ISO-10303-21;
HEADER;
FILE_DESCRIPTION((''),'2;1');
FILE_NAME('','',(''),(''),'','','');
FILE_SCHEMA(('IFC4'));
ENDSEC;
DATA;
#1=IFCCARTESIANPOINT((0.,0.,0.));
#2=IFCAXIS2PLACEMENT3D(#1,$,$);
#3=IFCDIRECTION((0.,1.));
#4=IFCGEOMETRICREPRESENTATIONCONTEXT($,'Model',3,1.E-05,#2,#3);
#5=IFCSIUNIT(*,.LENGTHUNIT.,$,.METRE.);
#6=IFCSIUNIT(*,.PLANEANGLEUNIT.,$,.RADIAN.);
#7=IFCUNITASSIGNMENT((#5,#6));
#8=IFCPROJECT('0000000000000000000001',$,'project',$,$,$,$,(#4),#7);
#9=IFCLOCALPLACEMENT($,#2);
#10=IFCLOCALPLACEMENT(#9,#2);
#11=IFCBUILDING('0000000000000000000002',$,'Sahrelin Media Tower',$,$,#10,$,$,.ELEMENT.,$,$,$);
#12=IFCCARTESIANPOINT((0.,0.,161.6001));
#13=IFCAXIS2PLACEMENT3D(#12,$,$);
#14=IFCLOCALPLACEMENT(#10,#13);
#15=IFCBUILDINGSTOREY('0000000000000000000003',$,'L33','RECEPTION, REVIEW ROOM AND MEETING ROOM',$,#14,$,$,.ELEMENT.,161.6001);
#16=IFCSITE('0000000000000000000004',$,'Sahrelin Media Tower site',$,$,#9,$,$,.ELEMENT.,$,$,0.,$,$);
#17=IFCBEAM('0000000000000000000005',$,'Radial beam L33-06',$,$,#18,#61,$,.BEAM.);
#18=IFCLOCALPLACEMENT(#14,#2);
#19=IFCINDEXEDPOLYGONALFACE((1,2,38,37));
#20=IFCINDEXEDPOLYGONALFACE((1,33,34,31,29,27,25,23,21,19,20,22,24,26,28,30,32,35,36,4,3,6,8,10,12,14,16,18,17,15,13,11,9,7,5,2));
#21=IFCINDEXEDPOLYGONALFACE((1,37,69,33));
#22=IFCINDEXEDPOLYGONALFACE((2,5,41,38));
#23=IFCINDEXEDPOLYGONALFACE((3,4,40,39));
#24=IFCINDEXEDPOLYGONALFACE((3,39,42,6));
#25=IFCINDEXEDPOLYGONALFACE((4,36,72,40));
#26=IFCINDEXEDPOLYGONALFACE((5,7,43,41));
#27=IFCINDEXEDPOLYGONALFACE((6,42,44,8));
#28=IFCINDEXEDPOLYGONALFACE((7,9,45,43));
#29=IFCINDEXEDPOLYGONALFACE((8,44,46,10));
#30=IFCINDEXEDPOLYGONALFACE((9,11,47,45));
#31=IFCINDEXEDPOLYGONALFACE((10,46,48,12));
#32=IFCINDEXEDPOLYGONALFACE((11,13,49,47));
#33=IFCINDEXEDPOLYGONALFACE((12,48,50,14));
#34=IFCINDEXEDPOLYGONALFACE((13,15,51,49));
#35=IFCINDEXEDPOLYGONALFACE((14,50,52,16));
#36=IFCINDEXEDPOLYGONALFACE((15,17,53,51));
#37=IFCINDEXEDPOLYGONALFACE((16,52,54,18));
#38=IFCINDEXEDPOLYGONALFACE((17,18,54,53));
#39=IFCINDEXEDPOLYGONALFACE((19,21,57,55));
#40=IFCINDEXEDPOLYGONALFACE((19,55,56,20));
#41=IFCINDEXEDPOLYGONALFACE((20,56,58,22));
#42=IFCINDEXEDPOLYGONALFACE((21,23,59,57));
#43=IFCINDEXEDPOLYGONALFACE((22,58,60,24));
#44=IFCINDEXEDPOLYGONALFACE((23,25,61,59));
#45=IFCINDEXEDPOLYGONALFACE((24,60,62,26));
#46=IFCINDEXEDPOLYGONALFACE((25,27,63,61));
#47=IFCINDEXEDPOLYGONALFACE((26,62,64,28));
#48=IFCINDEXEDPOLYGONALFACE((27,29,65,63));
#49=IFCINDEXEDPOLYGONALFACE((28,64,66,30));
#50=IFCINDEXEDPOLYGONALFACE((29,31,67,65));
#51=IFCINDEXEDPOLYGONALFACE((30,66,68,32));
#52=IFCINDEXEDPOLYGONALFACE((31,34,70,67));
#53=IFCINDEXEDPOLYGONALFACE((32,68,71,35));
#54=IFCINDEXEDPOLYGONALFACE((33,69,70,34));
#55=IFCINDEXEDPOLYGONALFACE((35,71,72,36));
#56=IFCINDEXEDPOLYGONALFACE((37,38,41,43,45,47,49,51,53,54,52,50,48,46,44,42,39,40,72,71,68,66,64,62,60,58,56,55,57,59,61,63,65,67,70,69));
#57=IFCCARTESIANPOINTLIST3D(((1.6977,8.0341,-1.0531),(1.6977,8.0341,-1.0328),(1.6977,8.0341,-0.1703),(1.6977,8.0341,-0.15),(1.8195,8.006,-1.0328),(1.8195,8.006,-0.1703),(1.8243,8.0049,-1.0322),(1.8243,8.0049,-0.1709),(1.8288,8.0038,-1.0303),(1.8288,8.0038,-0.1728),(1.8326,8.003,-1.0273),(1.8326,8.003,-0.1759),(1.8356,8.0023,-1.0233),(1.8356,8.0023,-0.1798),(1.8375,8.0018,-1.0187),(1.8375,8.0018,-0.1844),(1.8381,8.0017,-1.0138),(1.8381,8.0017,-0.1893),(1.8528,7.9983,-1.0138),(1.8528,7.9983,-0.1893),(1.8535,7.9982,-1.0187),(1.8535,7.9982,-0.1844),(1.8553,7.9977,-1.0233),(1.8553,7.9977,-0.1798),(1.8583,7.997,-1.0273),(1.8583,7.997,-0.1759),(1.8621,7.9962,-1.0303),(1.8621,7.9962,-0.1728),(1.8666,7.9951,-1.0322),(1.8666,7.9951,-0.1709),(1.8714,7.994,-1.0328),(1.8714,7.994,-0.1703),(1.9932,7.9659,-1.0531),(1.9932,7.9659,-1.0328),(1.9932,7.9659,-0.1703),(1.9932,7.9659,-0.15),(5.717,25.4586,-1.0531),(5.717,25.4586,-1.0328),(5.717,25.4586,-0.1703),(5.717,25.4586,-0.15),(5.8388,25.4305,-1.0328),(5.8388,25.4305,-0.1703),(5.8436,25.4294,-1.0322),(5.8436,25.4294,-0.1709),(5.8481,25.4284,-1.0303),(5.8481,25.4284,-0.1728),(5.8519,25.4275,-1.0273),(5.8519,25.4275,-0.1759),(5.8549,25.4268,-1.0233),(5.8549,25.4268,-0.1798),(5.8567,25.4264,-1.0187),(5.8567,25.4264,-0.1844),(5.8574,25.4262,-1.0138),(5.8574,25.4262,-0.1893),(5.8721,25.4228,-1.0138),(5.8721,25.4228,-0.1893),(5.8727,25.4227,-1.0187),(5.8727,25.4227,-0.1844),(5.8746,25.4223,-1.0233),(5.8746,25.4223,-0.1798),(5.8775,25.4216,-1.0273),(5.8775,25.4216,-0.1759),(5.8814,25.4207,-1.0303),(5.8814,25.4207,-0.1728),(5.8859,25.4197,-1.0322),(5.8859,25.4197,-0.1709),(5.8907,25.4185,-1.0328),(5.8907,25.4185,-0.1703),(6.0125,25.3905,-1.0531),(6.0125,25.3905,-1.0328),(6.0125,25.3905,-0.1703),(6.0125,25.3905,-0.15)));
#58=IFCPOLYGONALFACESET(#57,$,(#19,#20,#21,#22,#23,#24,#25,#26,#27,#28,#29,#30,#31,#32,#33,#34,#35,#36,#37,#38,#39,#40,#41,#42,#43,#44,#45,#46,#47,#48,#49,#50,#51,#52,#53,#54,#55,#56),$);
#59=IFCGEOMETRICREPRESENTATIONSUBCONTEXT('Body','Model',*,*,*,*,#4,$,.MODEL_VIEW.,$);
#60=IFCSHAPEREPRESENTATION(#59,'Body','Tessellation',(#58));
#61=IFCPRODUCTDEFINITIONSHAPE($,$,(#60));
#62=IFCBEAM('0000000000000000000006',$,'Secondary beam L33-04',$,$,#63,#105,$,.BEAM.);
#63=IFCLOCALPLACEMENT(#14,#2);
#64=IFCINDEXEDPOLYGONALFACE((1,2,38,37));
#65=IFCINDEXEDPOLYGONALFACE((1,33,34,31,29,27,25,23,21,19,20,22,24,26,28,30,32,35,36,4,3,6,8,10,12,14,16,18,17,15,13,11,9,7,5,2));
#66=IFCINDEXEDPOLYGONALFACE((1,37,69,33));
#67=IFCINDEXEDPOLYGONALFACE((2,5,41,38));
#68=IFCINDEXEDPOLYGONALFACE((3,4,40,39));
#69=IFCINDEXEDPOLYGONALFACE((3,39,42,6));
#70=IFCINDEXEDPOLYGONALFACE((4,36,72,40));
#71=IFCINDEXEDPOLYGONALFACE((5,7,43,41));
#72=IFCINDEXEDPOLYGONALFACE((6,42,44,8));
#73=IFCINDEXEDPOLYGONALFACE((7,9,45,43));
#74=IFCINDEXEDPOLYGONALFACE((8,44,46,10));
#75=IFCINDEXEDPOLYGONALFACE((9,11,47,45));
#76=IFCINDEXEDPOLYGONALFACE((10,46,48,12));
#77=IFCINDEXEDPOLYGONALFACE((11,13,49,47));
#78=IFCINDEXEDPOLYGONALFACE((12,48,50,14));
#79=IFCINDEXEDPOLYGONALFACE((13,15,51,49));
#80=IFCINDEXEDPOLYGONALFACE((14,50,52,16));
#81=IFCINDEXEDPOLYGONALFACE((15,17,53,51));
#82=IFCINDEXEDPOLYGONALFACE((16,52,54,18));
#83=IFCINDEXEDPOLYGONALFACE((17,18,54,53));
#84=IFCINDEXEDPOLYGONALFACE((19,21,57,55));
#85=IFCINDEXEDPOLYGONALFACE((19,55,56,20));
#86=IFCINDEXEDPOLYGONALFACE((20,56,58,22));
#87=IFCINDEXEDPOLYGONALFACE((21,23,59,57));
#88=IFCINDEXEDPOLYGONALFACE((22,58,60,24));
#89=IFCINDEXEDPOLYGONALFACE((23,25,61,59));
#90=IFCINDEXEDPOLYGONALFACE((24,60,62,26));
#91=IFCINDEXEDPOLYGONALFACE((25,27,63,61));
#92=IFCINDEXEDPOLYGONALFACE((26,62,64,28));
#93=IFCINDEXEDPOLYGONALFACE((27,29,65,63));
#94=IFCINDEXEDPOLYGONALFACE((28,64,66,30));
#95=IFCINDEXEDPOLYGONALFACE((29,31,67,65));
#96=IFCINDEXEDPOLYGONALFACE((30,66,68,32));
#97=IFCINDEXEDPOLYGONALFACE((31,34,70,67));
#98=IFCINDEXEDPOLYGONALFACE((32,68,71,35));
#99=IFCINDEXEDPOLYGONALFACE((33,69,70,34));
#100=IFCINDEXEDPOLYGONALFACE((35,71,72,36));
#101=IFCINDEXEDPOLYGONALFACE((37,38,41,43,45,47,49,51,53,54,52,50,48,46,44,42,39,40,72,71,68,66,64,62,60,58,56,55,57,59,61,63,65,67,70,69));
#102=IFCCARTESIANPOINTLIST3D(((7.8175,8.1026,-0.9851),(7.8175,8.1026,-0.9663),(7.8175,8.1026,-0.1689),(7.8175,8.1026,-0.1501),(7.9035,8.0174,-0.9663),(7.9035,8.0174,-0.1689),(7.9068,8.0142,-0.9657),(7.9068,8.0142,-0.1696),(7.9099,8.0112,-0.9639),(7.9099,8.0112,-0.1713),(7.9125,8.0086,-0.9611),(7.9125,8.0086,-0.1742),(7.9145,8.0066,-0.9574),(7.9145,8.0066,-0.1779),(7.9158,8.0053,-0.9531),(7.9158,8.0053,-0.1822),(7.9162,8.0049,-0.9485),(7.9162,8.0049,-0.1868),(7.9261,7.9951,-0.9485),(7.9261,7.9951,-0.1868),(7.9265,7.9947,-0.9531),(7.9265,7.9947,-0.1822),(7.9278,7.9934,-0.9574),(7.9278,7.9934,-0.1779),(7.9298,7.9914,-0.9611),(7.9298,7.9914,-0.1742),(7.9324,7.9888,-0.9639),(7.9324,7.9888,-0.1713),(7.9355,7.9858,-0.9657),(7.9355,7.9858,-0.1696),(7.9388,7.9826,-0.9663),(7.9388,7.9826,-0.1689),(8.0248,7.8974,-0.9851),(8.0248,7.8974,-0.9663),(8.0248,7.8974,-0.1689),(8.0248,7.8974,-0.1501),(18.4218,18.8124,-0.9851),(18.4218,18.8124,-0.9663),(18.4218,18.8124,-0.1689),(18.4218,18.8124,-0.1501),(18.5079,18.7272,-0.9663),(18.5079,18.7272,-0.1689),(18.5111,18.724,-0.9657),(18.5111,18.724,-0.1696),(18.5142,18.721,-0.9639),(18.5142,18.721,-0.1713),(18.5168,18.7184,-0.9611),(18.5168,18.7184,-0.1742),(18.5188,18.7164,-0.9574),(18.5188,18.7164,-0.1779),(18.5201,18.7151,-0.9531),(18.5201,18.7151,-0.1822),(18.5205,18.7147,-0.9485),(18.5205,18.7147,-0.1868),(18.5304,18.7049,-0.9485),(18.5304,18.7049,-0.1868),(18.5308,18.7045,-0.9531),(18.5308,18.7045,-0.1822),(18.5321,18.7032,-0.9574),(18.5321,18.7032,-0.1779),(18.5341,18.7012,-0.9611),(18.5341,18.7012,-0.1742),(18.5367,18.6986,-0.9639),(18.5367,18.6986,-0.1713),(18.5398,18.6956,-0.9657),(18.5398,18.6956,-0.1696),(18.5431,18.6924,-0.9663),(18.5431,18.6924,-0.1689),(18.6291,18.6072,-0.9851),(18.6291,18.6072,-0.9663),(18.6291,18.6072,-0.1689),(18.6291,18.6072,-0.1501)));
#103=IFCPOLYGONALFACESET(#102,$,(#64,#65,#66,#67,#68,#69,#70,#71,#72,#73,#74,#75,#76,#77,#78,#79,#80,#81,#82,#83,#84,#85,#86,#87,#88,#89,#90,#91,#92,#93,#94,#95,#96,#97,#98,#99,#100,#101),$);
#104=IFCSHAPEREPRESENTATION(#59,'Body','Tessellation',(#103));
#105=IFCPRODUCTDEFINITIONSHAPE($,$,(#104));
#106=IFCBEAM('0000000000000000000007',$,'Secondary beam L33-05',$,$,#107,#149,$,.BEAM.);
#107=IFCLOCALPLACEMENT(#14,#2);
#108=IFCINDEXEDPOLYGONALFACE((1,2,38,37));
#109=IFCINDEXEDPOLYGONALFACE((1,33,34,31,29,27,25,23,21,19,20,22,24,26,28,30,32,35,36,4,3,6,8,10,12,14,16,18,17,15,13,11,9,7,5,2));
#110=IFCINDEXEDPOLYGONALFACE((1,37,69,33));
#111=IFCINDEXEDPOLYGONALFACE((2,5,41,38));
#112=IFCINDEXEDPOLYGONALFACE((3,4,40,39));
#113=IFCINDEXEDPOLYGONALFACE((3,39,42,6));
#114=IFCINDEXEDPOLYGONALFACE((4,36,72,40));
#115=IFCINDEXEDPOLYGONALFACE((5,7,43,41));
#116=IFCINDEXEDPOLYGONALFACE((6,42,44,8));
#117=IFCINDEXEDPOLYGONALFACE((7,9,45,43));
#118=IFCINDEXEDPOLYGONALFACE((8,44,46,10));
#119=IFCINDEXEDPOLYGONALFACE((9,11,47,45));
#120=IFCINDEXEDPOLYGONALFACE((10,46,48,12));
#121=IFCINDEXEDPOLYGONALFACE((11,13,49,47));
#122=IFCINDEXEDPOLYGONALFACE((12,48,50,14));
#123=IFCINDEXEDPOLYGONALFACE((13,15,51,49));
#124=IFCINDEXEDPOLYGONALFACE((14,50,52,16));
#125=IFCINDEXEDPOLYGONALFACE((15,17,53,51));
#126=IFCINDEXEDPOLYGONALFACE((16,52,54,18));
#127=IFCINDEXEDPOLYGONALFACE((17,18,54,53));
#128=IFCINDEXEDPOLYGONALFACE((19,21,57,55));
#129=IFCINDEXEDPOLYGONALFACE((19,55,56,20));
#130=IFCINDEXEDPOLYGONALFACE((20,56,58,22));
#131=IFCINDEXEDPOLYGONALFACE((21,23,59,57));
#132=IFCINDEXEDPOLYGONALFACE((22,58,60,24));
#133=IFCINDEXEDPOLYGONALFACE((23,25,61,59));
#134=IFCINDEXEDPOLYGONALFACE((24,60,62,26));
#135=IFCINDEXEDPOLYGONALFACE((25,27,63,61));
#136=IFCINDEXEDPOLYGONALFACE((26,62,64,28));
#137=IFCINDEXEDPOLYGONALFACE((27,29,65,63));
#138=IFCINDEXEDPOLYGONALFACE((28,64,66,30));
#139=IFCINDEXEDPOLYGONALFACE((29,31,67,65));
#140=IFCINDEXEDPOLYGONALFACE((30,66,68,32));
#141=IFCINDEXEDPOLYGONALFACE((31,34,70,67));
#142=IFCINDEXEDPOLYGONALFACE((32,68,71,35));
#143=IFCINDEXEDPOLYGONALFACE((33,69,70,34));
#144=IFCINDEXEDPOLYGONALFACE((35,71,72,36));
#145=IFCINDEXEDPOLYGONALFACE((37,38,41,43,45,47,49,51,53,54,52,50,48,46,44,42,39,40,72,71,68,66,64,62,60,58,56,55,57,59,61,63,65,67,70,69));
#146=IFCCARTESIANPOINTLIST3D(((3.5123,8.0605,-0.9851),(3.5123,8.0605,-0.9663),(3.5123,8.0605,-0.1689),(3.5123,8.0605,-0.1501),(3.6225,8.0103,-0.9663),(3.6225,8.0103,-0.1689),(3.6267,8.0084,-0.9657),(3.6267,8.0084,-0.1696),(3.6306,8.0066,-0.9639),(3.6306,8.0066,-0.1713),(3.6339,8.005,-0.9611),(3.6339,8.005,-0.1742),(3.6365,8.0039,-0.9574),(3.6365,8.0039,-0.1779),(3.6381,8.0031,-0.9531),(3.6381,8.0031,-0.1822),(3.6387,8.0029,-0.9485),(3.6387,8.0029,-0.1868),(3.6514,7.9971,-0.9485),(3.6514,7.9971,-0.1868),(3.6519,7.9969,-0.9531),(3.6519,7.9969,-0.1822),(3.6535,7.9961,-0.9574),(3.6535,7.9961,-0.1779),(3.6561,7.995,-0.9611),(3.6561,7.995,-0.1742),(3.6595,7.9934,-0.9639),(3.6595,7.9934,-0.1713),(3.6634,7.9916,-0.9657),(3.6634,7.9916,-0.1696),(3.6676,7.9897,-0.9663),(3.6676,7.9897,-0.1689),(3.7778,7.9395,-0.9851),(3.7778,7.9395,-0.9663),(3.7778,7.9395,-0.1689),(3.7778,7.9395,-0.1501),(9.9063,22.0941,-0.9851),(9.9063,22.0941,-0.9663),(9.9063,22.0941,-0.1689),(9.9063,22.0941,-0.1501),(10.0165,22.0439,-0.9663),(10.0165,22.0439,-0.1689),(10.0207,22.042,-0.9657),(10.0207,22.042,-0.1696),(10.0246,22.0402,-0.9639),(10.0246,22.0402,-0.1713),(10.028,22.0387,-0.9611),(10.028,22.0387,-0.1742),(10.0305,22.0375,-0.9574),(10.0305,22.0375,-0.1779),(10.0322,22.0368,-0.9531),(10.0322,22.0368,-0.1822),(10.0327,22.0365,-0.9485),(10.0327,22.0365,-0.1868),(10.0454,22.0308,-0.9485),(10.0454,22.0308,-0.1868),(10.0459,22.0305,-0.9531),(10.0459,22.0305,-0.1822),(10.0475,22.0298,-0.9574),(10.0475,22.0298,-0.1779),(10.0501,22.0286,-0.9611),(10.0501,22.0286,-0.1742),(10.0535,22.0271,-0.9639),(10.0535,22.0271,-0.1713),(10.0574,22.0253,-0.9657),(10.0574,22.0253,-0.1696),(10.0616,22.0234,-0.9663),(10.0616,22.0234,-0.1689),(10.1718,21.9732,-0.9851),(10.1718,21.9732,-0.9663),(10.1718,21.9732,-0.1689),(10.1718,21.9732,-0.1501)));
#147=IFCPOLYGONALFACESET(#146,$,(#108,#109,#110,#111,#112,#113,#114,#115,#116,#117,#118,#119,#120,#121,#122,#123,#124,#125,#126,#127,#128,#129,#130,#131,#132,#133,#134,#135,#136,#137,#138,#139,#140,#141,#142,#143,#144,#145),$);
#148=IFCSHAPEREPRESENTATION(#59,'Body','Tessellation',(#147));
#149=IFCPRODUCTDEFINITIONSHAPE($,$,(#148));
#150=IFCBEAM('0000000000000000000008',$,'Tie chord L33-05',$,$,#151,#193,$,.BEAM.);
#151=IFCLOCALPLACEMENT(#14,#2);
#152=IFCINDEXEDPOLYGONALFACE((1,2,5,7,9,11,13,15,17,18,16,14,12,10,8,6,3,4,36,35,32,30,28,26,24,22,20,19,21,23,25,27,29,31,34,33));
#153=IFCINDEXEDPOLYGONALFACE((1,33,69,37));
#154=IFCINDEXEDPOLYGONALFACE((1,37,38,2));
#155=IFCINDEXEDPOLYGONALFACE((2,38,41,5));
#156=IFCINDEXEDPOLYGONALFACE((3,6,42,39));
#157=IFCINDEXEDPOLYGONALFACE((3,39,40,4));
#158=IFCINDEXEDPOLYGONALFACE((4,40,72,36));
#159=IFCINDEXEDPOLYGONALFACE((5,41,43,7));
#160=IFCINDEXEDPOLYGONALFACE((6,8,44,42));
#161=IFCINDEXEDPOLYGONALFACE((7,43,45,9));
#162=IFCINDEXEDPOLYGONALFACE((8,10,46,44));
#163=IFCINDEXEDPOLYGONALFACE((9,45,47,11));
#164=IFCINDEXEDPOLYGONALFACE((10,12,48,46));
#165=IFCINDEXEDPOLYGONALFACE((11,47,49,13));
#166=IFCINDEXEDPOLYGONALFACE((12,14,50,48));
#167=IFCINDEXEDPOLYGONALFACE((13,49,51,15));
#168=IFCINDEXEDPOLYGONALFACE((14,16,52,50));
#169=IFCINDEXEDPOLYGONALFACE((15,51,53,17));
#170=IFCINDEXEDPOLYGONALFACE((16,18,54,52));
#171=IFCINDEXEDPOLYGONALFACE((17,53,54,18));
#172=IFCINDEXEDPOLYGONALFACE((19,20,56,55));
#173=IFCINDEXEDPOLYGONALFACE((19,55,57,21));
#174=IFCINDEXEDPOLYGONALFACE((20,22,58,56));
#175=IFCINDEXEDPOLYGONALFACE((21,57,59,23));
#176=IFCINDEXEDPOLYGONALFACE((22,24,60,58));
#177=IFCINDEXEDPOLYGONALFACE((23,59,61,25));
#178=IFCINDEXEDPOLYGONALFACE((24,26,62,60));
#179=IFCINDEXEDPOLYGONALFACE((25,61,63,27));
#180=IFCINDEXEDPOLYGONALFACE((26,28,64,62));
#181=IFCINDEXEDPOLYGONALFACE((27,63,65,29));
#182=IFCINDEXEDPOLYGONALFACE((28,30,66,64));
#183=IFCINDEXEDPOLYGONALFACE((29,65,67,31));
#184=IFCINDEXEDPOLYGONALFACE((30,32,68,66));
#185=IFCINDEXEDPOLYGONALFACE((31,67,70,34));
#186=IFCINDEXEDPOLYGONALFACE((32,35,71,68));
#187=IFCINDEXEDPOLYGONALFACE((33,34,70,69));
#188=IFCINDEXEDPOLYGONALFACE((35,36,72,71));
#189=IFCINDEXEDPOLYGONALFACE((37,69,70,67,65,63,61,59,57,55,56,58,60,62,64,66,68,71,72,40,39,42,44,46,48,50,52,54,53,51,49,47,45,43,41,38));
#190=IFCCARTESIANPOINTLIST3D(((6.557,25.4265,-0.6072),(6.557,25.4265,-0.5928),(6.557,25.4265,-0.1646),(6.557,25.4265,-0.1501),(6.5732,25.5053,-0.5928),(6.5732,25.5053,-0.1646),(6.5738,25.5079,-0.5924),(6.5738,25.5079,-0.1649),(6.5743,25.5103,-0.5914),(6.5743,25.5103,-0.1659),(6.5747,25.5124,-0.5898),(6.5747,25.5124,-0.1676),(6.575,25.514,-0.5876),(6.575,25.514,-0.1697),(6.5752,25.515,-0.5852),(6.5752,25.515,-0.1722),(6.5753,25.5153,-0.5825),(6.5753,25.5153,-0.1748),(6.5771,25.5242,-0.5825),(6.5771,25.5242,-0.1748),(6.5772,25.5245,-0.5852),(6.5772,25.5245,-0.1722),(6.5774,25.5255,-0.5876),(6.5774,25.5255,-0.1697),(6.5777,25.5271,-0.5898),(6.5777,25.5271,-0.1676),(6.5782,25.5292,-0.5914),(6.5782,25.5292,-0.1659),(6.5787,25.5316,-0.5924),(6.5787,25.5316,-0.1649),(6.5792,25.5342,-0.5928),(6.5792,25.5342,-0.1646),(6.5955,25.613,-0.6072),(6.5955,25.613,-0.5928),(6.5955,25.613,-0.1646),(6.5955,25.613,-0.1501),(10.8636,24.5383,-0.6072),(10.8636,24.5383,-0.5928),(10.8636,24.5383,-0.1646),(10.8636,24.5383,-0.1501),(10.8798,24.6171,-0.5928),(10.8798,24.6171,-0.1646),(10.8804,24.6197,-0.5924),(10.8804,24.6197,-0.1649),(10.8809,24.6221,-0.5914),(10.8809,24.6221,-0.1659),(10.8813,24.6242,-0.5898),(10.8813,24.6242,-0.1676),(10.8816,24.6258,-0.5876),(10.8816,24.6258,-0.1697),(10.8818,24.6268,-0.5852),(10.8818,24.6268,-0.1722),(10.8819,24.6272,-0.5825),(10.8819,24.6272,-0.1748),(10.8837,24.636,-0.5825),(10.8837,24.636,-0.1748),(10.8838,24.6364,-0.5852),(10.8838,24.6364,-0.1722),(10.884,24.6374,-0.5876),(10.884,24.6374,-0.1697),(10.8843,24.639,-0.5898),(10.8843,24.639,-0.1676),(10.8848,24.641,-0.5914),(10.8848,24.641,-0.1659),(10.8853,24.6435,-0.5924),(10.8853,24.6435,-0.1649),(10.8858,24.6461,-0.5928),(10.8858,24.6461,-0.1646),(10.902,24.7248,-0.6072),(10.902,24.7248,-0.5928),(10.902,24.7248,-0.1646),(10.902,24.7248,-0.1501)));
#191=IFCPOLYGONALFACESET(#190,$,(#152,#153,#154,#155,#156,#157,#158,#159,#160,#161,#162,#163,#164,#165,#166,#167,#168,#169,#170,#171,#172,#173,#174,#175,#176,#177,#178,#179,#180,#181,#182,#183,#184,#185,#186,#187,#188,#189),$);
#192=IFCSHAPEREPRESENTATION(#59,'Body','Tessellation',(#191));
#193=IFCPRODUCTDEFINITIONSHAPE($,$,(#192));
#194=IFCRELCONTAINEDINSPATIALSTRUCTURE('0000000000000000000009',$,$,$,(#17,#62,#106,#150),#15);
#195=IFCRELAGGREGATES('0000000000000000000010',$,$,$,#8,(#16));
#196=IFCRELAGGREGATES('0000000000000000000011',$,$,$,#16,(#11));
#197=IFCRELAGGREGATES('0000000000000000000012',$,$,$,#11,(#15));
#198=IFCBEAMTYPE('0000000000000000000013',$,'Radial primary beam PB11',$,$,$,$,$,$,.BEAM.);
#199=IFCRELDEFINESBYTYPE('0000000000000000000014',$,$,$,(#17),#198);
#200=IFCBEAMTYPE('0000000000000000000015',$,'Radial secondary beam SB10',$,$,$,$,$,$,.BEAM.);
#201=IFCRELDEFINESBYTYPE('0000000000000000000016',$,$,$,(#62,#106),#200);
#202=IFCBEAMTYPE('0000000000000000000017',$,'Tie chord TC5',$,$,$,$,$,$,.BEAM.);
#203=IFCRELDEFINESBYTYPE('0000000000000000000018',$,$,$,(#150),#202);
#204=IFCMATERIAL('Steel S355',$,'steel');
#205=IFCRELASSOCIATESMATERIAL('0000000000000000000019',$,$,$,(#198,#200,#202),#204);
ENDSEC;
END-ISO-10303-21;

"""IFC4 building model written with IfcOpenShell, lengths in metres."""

from ifc_helpers import new_model, si_unit, direction, frame, origin, origin_2d, place, context, subcontext, project, spatial, i_section, extrude, material, material_profile, profile_set, type_object, element, save


model = new_model("IFC4")

# Units and contexts
model_context = context("Model", 3, precision=1e-05, world=origin(), true_north=direction((0.0, 1.0)))
body_context = subcontext(model_context, "Body", "Model", "MODEL_VIEW")
ifc_project = project(units=[si_unit("LENGTHUNIT", "METRE"), si_unit("PLANEANGLEUNIT", "RADIAN")], contexts=[model_context])

# Site, building, storey
site_placement = place(None, origin())
site = spatial("IfcSite", under=ifc_project, at=site_placement, Name="Sahrelin Media Tower site", CompositionType="ELEMENT", RefElevation=0.0)
building_placement = place(site_placement, origin())
building = spatial("IfcBuilding", under=site, at=building_placement, Name="Sahrelin Media Tower", CompositionType="ELEMENT")
storey_placement = place(building_placement, frame((0.0, 0.0, 161.6001)))
storey = spatial("IfcBuildingStorey", under=building, at=storey_placement, Name="L33", Description="RECEPTION, REVIEW ROOM AND MEETING ROOM", CompositionType="ELEMENT", Elevation=161.6001)

# Shared definitions
ifc_material_1 = material(Name="Steel S355", Category="steel")

# Beams
ifc_material_profile_1 = material_profile(ifc_material_1, i_section(OverallWidth=0.3032, OverallDepth=0.9031, WebThickness=0.0151, FlangeThickness=0.0203, FilletRadius=0.019, at=origin_2d()), Name="UB 914x305x201")
ifc_profile_set_1 = profile_set([ifc_material_profile_1], Name="Steel S355")
beam_type_1 = type_object("IfcBeamType", Name="Radial primary beam PB11", PredefinedType="BEAM", material=ifc_profile_set_1)
beam_1_placement = place(storey_placement, frame((1.8455, 8.0, -0.6016), z_axis=(0.224766, 0.974413, 0.0), x_axis=(-0.974413, 0.224766, 0.0)))
element("IfcBeam", 1, at=beam_1_placement, inside=storey, type_object=beam_type_1, Name="Radial beam L33-06", PredefinedType="BEAM", context=body_context, shape_type="SweptSolid", body=[
    extrude(i_section(OverallWidth=0.3032, OverallDepth=0.9031, WebThickness=0.0151, FlangeThickness=0.0203, FilletRadius=0.019, at=origin_2d()), origin(), (0.0, 0.0, 1.0), 17.8821),
])
ifc_material_profile_2 = material_profile(ifc_material_1, i_section(OverallWidth=0.2917, OverallDepth=0.835, WebThickness=0.0139, FlangeThickness=0.0188, FilletRadius=0.0178, at=origin_2d()), Name="UB 838x292x176")
ifc_profile_set_2 = profile_set([ifc_material_profile_2], Name="Steel S355")
beam_type_2 = type_object("IfcBeamType", Name="Radial secondary beam SB10", PredefinedType="BEAM", material=ifc_profile_set_2)
beam_2_placement = place(storey_placement, frame((7.9211, 8.0, -0.5676), z_axis=(0.703599, 0.710597, 0.0), x_axis=(-0.710597, 0.703599, 0.0)))
element("IfcBeam", 2, at=beam_2_placement, inside=storey, type_object=beam_type_2, Name="Secondary beam L33-04", PredefinedType="BEAM", context=body_context, shape_type="SweptSolid", body=[
    extrude(i_section(OverallWidth=0.2917, OverallDepth=0.835, WebThickness=0.0139, FlangeThickness=0.0188, FilletRadius=0.0178, at=origin_2d()), origin(), (0.0, 0.0, 1.0), 15.0715),
])
beam_3_placement = place(storey_placement, frame((3.645, 8.0, -0.5676), z_axis=(0.414614, 0.909997, 0.0), x_axis=(-0.909997, 0.414614, 0.0)))
element("IfcBeam", 3, at=beam_3_placement, inside=storey, type_object=beam_type_2, Name="Secondary beam L33-05", PredefinedType="BEAM", context=body_context, shape_type="SweptSolid", body=[
    extrude(i_section(OverallWidth=0.2917, OverallDepth=0.835, WebThickness=0.0139, FlangeThickness=0.0188, FilletRadius=0.0178, at=origin_2d()), origin(), (0.0, 0.0, 1.0), 15.4216),
])
ifc_material_profile_3 = material_profile(ifc_material_1, i_section(OverallWidth=0.1904, OverallDepth=0.457, WebThickness=0.009, FlangeThickness=0.0144, FilletRadius=0.0103, at=origin_2d()), Name="UB 457x191x74")
ifc_profile_set_3 = profile_set([ifc_material_profile_3], Name="Steel S355")
beam_type_3 = type_object("IfcBeamType", Name="Tie chord TC5", PredefinedType="BEAM", material=ifc_profile_set_3)
beam_4_placement = place(storey_placement, frame((10.8828, 24.6316, -0.3787), z_axis=(-0.979389, 0.201985, 0.0), x_axis=(-0.201985, -0.979389, 0.0)))
element("IfcBeam", 4, at=beam_4_placement, inside=storey, type_object=beam_type_3, Name="Tie chord L33-05", PredefinedType="BEAM", context=body_context, shape_type="SweptSolid", body=[
    extrude(i_section(OverallWidth=0.1904, OverallDepth=0.457, WebThickness=0.009, FlangeThickness=0.0144, FilletRadius=0.0103, at=origin_2d()), origin(), (0.0, 0.0, 1.0), 4.3972),
])

save(model, "model.ifc")
